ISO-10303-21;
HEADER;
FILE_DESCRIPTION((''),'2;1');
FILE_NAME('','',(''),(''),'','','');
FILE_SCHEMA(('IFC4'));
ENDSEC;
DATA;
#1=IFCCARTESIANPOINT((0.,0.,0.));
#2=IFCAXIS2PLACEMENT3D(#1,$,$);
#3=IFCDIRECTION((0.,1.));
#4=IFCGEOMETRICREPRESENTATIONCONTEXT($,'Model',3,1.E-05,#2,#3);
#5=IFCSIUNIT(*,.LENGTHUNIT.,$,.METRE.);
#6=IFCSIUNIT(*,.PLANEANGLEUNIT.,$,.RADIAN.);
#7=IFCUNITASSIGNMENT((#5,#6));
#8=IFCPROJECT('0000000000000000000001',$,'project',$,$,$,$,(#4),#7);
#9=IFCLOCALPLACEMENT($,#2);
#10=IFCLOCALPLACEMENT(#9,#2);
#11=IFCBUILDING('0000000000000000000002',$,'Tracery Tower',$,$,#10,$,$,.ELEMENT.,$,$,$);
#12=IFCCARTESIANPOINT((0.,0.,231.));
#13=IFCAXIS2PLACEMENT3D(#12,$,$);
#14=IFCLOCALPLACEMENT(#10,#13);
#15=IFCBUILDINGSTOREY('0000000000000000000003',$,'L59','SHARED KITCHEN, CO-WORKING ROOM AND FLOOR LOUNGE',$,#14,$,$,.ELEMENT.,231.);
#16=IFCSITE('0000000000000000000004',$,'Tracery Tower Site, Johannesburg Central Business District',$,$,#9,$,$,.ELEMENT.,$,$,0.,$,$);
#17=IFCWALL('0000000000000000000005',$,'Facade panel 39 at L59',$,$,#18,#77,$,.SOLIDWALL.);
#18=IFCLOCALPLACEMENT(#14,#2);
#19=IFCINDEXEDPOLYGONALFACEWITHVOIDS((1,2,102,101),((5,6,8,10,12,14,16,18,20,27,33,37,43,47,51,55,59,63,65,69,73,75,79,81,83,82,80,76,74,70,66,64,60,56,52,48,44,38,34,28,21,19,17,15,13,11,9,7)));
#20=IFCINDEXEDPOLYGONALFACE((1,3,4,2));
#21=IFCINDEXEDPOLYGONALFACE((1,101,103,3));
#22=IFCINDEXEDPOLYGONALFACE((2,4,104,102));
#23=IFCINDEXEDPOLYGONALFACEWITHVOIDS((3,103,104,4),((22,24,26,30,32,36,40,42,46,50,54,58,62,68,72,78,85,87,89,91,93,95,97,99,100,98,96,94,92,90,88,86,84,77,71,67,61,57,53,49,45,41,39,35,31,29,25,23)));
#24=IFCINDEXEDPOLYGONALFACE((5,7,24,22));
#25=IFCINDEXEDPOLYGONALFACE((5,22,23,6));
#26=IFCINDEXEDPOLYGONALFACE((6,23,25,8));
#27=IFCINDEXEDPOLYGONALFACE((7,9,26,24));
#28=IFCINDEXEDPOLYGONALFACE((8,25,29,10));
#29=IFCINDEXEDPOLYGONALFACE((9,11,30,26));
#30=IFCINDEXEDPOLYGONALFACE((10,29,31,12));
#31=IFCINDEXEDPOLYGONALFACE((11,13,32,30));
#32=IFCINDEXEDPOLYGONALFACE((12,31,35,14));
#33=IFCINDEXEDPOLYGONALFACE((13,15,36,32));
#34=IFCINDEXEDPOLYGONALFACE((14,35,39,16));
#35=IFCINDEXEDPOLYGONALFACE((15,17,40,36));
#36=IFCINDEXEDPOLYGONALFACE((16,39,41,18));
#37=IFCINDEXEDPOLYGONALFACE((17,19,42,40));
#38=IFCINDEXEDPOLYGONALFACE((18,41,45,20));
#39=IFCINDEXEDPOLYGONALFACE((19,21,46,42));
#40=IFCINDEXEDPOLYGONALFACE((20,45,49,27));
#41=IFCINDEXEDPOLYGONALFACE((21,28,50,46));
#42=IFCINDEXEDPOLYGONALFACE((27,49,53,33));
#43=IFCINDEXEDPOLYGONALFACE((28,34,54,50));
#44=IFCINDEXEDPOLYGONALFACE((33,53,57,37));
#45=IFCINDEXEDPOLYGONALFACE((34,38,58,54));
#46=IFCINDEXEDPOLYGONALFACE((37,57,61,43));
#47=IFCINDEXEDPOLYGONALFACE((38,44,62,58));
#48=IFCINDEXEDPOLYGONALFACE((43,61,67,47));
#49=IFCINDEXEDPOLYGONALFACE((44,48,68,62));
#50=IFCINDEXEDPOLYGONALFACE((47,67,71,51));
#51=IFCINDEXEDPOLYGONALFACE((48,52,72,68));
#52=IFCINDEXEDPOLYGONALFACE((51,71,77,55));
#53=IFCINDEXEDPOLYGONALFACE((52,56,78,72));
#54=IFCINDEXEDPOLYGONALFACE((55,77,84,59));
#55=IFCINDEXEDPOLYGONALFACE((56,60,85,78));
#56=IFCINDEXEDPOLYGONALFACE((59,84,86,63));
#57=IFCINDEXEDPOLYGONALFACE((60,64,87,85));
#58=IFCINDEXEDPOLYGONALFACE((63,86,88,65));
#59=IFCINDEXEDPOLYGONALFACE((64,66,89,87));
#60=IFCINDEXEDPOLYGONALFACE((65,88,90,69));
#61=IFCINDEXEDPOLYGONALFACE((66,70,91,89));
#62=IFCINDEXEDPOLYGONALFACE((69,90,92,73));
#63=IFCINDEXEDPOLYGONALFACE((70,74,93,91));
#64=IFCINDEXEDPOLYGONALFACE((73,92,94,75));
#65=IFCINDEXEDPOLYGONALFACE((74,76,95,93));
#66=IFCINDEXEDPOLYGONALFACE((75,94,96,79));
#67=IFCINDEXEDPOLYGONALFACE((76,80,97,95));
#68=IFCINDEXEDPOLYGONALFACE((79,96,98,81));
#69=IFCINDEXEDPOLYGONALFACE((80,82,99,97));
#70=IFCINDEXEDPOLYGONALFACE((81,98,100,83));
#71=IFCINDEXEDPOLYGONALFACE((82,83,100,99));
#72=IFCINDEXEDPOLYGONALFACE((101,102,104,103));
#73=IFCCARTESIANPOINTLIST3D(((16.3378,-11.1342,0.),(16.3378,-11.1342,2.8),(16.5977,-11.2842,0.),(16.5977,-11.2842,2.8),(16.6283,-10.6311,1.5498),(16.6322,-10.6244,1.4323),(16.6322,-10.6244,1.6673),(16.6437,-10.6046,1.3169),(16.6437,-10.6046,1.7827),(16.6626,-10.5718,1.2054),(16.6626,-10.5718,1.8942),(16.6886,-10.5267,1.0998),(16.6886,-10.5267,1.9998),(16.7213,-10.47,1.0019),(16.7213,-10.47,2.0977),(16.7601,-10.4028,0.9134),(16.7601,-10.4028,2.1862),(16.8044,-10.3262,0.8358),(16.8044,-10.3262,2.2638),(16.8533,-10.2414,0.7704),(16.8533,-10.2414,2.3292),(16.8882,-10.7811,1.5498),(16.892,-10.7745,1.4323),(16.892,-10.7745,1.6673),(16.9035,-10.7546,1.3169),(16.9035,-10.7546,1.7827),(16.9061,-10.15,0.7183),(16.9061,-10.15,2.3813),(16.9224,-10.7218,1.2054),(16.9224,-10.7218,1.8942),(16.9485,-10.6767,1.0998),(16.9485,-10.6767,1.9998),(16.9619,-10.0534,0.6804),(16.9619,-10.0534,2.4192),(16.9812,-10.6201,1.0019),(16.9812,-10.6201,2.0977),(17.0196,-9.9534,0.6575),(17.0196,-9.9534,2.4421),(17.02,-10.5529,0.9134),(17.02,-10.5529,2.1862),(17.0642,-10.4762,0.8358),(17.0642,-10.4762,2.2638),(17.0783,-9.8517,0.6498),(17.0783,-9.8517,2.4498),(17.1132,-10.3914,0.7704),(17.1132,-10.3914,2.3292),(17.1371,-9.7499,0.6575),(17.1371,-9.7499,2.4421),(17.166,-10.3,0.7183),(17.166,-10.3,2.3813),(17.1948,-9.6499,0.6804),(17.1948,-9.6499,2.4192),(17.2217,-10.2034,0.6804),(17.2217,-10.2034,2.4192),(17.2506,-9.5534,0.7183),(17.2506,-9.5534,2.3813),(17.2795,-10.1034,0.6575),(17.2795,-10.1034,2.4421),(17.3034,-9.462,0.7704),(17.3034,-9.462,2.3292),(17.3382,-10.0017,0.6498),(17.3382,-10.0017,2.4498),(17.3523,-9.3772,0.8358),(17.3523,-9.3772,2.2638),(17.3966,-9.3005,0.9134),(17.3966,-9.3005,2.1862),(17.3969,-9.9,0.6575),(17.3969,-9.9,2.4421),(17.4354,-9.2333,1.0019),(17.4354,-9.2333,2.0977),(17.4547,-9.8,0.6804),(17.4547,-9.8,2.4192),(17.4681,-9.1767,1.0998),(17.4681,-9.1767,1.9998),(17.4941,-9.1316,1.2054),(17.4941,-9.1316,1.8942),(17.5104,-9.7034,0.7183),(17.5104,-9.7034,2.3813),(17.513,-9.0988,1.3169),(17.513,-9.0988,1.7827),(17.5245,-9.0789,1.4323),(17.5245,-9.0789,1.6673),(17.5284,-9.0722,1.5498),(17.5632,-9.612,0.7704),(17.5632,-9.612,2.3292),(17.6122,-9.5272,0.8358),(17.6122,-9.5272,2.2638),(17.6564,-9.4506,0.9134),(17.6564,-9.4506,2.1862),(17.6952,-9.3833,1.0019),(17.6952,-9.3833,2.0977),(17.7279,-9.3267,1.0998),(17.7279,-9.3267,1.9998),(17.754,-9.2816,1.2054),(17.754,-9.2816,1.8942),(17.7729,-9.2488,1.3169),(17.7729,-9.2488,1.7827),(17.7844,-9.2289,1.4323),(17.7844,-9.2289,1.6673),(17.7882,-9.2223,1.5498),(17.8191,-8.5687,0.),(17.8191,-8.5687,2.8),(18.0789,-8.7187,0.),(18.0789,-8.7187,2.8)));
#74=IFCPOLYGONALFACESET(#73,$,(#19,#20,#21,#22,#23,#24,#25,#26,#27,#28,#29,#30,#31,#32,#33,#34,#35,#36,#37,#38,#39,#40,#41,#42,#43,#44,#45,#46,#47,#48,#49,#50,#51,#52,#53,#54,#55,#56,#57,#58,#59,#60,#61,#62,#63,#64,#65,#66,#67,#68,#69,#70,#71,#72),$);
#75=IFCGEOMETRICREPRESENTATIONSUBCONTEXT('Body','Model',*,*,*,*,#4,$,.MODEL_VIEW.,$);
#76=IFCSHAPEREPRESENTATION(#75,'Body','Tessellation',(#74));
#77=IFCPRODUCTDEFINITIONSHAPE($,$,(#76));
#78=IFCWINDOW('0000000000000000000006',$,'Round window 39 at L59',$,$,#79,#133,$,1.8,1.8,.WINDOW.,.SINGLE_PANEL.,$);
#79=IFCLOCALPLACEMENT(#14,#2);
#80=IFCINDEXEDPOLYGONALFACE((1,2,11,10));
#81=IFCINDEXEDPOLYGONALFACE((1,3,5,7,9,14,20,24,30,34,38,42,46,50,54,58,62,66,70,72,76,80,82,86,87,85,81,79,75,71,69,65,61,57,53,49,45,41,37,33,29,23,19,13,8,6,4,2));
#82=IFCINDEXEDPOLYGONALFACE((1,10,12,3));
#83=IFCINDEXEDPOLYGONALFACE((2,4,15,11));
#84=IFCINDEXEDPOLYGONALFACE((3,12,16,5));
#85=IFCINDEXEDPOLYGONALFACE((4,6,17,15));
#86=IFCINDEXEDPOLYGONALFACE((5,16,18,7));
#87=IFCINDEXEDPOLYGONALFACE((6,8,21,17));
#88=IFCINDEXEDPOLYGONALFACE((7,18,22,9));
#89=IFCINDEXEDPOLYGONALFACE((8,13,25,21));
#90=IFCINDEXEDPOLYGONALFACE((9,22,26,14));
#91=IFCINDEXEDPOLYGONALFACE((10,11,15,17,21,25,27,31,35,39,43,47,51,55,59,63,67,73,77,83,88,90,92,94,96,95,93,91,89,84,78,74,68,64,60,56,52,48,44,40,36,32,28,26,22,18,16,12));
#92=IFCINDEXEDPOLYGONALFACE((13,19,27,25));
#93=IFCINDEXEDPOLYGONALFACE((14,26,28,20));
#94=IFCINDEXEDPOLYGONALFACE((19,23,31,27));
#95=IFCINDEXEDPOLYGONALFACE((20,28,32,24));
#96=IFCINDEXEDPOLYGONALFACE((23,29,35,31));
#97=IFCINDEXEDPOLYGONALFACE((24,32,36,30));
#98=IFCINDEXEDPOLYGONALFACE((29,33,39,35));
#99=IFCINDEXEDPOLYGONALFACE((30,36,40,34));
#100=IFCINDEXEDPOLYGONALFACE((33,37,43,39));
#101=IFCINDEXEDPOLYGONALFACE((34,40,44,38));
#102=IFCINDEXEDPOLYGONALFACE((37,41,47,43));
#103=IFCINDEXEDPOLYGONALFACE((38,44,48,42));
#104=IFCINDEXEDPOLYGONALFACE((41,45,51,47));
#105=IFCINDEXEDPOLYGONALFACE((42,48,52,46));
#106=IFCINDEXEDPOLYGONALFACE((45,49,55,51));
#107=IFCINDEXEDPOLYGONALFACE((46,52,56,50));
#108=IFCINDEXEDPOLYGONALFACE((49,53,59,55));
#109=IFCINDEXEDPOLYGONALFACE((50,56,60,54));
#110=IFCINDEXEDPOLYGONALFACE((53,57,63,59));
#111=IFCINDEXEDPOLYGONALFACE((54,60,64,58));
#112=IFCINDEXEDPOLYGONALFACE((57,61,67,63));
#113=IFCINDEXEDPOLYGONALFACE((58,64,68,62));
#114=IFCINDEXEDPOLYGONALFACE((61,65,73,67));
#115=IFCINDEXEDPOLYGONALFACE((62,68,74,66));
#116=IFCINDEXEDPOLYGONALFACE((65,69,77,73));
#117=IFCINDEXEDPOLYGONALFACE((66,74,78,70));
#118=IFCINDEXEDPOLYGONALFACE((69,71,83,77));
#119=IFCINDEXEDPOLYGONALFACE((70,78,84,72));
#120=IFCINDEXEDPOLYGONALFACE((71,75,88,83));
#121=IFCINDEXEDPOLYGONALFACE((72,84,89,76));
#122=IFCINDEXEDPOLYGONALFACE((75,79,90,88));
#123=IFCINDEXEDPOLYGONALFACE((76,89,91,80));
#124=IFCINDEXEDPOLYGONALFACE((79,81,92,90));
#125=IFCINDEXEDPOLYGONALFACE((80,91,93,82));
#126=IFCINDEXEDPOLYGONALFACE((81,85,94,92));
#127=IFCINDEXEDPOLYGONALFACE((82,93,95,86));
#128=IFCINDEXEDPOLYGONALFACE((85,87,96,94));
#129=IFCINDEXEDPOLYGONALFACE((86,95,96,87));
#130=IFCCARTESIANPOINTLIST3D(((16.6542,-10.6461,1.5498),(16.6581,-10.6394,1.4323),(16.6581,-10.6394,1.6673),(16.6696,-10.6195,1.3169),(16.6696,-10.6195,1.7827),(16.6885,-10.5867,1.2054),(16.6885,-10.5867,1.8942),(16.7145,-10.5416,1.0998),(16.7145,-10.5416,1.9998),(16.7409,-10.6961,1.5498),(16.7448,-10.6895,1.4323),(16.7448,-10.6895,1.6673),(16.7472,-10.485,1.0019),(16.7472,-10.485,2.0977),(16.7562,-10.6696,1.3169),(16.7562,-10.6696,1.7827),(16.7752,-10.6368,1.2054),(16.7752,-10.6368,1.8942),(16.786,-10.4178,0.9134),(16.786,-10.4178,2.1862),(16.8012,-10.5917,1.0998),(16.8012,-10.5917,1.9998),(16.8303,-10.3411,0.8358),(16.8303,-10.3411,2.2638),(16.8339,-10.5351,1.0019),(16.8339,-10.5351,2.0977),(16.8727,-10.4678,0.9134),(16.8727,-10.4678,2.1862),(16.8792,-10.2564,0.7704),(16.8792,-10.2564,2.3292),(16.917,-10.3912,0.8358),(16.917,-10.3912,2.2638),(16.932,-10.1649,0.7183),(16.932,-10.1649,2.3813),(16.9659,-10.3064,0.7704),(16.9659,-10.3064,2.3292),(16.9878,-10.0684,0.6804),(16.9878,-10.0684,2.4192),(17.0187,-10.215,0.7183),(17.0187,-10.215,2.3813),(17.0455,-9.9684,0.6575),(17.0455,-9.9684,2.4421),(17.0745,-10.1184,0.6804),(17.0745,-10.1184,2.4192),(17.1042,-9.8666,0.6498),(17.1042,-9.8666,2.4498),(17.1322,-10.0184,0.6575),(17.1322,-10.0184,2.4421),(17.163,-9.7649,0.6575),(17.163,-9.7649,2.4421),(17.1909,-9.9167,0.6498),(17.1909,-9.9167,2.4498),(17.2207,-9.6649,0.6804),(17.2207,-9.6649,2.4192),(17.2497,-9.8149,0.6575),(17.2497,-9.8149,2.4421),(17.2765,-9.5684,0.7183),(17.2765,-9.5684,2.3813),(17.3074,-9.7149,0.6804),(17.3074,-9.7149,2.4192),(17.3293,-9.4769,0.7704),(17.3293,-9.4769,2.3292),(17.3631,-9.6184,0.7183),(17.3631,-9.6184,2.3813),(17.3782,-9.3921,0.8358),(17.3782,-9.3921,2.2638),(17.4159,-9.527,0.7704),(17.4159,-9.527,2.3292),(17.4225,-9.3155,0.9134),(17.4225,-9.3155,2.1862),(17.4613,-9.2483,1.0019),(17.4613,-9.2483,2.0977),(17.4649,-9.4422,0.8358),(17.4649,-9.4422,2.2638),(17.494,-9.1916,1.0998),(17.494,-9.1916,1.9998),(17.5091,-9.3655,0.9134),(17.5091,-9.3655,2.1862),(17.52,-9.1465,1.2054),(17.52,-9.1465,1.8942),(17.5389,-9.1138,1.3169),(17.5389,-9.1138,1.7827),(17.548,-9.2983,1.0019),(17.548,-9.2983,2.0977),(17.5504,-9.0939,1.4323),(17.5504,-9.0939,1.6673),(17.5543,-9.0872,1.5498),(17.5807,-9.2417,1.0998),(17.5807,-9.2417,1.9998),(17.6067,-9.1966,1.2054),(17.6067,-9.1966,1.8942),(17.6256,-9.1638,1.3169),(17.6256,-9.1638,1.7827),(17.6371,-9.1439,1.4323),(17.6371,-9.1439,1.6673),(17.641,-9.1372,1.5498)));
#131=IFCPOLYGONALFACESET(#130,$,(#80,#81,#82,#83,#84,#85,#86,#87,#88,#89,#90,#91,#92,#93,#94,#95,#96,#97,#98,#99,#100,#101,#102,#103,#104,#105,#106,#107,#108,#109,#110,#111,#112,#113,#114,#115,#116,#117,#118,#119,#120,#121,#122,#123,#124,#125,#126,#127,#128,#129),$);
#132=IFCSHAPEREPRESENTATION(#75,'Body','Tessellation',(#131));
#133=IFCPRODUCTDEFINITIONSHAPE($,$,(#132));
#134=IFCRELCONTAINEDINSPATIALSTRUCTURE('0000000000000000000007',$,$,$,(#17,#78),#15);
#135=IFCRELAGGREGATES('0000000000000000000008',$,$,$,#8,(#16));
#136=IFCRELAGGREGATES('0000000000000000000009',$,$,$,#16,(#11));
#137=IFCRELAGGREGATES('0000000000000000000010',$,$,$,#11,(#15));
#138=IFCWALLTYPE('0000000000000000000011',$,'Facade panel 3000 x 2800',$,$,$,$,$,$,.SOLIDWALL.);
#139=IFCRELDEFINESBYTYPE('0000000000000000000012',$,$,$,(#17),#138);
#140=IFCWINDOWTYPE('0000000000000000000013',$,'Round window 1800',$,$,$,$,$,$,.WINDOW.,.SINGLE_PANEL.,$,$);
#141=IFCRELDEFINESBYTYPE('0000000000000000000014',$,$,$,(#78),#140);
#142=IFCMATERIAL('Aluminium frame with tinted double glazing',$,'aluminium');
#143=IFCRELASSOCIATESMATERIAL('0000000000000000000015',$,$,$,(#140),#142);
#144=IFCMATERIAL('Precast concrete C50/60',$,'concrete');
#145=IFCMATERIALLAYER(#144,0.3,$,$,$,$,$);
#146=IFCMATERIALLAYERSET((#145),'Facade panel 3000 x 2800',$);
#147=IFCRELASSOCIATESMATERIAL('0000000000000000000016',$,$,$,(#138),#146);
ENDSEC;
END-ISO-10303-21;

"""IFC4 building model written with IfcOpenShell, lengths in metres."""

from ifc_helpers import new_model, si_unit, direction, frame, frame_2d, origin, origin_2d, place, context, subcontext, project, spatial, rectangle, circle, extrude, material, layer, layer_set, type_object, element, fill, save


model = new_model("IFC4")

# Units and contexts
model_context = context("Model", 3, precision=1e-05, world=origin(), true_north=direction((0.0, 1.0)))
body_context = subcontext(model_context, "Body", "Model", "MODEL_VIEW")
ifc_project = project(units=[si_unit("LENGTHUNIT", "METRE"), si_unit("PLANEANGLEUNIT", "RADIAN")], contexts=[model_context])

# Site, building, storey
site_placement = place(None, origin())
site = spatial("IfcSite", under=ifc_project, at=site_placement, Name="Tracery Tower Site, Johannesburg Central Business District", CompositionType="ELEMENT", RefElevation=0.0)
building_placement = place(site_placement, origin())
building = spatial("IfcBuilding", under=site, at=building_placement, Name="Tracery Tower", CompositionType="ELEMENT")
storey_placement = place(building_placement, frame((0.0, 0.0, 231.0)))
storey = spatial("IfcBuildingStorey", under=building, at=storey_placement, Name="L59", Description="SHARED KITCHEN, CO-WORKING ROOM AND FLOOR LOUNGE", CompositionType="ELEMENT", Elevation=231.0)

# Wall, opening, window
ifc_material_1 = material(Name="Aluminium frame with tinted double glazing", Category="aluminium")
window_type = type_object("IfcWindowType", Name="Round window 1800", PartitioningType="SINGLE_PANEL", PredefinedType="WINDOW", material=ifc_material_1)
ifc_material_2 = material(Name="Precast concrete C50/60", Category="concrete")
ifc_layer_1 = layer(ifc_material_2, 0.3)
ifc_layer_set_1 = layer_set([ifc_layer_1], Name="Facade panel 3000 x 2800")
wall_type_1 = type_object("IfcWallType", Name="Facade panel 3000 x 2800", PredefinedType="SOLIDWALL", material=ifc_layer_set_1)
wall_1_placement = place(storey_placement, frame((16.4678, -11.2092, 0.0), z_axis=(0.0, 0.0, 1.0), x_axis=(0.500013, 0.866018, 0.0)))
wall_1 = element("IfcWall", 1, at=wall_1_placement, inside=storey, type_object=wall_type_1, Name="Facade panel 39 at L59", PredefinedType="SOLIDWALL", context=body_context, shape_type="SweptSolid", body=[
    extrude(rectangle(XDim=2.9624, YDim=0.3, at=frame_2d((1.4812, 0.0))), origin(), (0.0, 0.0, 1.0), 2.8),
])
opening_1_placement = place(wall_1_placement, frame((1.481, 0.0, 1.5498)))
opening_1 = element("IfcOpeningElement", 2, at=opening_1_placement, cuts=wall_1, PredefinedType="OPENING", context=body_context, shape_type="SweptSolid", body=[
    extrude(circle(Radius=0.9, at=origin_2d()), frame((0.0, 0.1599, 0.0), z_axis=(0.0, -1.0, 0.0), x_axis=(1.0, 0.0, 0.0)), (0.0, 0.0, 1.0), 0.3201),
])
window_1_placement = place(opening_1_placement, origin())
window_1 = element("IfcWindow", 3, at=window_1_placement, inside=storey, type_object=window_type, Name="Round window 39 at L59", OverallHeight=1.8, OverallWidth=1.8, PartitioningType="SINGLE_PANEL", PredefinedType="WINDOW", context=body_context, shape_type="SweptSolid", body=[
    extrude(circle(Radius=0.9, at=origin_2d()), frame((0.0, 0.1201, 0.0), z_axis=(0.0, -1.0, 0.0), x_axis=(1.0, 0.0, 0.0)), (0.0, 0.0, 1.0), 0.1001),
])
fill(opening_1, window_1)

save(model, "model.ifc")
